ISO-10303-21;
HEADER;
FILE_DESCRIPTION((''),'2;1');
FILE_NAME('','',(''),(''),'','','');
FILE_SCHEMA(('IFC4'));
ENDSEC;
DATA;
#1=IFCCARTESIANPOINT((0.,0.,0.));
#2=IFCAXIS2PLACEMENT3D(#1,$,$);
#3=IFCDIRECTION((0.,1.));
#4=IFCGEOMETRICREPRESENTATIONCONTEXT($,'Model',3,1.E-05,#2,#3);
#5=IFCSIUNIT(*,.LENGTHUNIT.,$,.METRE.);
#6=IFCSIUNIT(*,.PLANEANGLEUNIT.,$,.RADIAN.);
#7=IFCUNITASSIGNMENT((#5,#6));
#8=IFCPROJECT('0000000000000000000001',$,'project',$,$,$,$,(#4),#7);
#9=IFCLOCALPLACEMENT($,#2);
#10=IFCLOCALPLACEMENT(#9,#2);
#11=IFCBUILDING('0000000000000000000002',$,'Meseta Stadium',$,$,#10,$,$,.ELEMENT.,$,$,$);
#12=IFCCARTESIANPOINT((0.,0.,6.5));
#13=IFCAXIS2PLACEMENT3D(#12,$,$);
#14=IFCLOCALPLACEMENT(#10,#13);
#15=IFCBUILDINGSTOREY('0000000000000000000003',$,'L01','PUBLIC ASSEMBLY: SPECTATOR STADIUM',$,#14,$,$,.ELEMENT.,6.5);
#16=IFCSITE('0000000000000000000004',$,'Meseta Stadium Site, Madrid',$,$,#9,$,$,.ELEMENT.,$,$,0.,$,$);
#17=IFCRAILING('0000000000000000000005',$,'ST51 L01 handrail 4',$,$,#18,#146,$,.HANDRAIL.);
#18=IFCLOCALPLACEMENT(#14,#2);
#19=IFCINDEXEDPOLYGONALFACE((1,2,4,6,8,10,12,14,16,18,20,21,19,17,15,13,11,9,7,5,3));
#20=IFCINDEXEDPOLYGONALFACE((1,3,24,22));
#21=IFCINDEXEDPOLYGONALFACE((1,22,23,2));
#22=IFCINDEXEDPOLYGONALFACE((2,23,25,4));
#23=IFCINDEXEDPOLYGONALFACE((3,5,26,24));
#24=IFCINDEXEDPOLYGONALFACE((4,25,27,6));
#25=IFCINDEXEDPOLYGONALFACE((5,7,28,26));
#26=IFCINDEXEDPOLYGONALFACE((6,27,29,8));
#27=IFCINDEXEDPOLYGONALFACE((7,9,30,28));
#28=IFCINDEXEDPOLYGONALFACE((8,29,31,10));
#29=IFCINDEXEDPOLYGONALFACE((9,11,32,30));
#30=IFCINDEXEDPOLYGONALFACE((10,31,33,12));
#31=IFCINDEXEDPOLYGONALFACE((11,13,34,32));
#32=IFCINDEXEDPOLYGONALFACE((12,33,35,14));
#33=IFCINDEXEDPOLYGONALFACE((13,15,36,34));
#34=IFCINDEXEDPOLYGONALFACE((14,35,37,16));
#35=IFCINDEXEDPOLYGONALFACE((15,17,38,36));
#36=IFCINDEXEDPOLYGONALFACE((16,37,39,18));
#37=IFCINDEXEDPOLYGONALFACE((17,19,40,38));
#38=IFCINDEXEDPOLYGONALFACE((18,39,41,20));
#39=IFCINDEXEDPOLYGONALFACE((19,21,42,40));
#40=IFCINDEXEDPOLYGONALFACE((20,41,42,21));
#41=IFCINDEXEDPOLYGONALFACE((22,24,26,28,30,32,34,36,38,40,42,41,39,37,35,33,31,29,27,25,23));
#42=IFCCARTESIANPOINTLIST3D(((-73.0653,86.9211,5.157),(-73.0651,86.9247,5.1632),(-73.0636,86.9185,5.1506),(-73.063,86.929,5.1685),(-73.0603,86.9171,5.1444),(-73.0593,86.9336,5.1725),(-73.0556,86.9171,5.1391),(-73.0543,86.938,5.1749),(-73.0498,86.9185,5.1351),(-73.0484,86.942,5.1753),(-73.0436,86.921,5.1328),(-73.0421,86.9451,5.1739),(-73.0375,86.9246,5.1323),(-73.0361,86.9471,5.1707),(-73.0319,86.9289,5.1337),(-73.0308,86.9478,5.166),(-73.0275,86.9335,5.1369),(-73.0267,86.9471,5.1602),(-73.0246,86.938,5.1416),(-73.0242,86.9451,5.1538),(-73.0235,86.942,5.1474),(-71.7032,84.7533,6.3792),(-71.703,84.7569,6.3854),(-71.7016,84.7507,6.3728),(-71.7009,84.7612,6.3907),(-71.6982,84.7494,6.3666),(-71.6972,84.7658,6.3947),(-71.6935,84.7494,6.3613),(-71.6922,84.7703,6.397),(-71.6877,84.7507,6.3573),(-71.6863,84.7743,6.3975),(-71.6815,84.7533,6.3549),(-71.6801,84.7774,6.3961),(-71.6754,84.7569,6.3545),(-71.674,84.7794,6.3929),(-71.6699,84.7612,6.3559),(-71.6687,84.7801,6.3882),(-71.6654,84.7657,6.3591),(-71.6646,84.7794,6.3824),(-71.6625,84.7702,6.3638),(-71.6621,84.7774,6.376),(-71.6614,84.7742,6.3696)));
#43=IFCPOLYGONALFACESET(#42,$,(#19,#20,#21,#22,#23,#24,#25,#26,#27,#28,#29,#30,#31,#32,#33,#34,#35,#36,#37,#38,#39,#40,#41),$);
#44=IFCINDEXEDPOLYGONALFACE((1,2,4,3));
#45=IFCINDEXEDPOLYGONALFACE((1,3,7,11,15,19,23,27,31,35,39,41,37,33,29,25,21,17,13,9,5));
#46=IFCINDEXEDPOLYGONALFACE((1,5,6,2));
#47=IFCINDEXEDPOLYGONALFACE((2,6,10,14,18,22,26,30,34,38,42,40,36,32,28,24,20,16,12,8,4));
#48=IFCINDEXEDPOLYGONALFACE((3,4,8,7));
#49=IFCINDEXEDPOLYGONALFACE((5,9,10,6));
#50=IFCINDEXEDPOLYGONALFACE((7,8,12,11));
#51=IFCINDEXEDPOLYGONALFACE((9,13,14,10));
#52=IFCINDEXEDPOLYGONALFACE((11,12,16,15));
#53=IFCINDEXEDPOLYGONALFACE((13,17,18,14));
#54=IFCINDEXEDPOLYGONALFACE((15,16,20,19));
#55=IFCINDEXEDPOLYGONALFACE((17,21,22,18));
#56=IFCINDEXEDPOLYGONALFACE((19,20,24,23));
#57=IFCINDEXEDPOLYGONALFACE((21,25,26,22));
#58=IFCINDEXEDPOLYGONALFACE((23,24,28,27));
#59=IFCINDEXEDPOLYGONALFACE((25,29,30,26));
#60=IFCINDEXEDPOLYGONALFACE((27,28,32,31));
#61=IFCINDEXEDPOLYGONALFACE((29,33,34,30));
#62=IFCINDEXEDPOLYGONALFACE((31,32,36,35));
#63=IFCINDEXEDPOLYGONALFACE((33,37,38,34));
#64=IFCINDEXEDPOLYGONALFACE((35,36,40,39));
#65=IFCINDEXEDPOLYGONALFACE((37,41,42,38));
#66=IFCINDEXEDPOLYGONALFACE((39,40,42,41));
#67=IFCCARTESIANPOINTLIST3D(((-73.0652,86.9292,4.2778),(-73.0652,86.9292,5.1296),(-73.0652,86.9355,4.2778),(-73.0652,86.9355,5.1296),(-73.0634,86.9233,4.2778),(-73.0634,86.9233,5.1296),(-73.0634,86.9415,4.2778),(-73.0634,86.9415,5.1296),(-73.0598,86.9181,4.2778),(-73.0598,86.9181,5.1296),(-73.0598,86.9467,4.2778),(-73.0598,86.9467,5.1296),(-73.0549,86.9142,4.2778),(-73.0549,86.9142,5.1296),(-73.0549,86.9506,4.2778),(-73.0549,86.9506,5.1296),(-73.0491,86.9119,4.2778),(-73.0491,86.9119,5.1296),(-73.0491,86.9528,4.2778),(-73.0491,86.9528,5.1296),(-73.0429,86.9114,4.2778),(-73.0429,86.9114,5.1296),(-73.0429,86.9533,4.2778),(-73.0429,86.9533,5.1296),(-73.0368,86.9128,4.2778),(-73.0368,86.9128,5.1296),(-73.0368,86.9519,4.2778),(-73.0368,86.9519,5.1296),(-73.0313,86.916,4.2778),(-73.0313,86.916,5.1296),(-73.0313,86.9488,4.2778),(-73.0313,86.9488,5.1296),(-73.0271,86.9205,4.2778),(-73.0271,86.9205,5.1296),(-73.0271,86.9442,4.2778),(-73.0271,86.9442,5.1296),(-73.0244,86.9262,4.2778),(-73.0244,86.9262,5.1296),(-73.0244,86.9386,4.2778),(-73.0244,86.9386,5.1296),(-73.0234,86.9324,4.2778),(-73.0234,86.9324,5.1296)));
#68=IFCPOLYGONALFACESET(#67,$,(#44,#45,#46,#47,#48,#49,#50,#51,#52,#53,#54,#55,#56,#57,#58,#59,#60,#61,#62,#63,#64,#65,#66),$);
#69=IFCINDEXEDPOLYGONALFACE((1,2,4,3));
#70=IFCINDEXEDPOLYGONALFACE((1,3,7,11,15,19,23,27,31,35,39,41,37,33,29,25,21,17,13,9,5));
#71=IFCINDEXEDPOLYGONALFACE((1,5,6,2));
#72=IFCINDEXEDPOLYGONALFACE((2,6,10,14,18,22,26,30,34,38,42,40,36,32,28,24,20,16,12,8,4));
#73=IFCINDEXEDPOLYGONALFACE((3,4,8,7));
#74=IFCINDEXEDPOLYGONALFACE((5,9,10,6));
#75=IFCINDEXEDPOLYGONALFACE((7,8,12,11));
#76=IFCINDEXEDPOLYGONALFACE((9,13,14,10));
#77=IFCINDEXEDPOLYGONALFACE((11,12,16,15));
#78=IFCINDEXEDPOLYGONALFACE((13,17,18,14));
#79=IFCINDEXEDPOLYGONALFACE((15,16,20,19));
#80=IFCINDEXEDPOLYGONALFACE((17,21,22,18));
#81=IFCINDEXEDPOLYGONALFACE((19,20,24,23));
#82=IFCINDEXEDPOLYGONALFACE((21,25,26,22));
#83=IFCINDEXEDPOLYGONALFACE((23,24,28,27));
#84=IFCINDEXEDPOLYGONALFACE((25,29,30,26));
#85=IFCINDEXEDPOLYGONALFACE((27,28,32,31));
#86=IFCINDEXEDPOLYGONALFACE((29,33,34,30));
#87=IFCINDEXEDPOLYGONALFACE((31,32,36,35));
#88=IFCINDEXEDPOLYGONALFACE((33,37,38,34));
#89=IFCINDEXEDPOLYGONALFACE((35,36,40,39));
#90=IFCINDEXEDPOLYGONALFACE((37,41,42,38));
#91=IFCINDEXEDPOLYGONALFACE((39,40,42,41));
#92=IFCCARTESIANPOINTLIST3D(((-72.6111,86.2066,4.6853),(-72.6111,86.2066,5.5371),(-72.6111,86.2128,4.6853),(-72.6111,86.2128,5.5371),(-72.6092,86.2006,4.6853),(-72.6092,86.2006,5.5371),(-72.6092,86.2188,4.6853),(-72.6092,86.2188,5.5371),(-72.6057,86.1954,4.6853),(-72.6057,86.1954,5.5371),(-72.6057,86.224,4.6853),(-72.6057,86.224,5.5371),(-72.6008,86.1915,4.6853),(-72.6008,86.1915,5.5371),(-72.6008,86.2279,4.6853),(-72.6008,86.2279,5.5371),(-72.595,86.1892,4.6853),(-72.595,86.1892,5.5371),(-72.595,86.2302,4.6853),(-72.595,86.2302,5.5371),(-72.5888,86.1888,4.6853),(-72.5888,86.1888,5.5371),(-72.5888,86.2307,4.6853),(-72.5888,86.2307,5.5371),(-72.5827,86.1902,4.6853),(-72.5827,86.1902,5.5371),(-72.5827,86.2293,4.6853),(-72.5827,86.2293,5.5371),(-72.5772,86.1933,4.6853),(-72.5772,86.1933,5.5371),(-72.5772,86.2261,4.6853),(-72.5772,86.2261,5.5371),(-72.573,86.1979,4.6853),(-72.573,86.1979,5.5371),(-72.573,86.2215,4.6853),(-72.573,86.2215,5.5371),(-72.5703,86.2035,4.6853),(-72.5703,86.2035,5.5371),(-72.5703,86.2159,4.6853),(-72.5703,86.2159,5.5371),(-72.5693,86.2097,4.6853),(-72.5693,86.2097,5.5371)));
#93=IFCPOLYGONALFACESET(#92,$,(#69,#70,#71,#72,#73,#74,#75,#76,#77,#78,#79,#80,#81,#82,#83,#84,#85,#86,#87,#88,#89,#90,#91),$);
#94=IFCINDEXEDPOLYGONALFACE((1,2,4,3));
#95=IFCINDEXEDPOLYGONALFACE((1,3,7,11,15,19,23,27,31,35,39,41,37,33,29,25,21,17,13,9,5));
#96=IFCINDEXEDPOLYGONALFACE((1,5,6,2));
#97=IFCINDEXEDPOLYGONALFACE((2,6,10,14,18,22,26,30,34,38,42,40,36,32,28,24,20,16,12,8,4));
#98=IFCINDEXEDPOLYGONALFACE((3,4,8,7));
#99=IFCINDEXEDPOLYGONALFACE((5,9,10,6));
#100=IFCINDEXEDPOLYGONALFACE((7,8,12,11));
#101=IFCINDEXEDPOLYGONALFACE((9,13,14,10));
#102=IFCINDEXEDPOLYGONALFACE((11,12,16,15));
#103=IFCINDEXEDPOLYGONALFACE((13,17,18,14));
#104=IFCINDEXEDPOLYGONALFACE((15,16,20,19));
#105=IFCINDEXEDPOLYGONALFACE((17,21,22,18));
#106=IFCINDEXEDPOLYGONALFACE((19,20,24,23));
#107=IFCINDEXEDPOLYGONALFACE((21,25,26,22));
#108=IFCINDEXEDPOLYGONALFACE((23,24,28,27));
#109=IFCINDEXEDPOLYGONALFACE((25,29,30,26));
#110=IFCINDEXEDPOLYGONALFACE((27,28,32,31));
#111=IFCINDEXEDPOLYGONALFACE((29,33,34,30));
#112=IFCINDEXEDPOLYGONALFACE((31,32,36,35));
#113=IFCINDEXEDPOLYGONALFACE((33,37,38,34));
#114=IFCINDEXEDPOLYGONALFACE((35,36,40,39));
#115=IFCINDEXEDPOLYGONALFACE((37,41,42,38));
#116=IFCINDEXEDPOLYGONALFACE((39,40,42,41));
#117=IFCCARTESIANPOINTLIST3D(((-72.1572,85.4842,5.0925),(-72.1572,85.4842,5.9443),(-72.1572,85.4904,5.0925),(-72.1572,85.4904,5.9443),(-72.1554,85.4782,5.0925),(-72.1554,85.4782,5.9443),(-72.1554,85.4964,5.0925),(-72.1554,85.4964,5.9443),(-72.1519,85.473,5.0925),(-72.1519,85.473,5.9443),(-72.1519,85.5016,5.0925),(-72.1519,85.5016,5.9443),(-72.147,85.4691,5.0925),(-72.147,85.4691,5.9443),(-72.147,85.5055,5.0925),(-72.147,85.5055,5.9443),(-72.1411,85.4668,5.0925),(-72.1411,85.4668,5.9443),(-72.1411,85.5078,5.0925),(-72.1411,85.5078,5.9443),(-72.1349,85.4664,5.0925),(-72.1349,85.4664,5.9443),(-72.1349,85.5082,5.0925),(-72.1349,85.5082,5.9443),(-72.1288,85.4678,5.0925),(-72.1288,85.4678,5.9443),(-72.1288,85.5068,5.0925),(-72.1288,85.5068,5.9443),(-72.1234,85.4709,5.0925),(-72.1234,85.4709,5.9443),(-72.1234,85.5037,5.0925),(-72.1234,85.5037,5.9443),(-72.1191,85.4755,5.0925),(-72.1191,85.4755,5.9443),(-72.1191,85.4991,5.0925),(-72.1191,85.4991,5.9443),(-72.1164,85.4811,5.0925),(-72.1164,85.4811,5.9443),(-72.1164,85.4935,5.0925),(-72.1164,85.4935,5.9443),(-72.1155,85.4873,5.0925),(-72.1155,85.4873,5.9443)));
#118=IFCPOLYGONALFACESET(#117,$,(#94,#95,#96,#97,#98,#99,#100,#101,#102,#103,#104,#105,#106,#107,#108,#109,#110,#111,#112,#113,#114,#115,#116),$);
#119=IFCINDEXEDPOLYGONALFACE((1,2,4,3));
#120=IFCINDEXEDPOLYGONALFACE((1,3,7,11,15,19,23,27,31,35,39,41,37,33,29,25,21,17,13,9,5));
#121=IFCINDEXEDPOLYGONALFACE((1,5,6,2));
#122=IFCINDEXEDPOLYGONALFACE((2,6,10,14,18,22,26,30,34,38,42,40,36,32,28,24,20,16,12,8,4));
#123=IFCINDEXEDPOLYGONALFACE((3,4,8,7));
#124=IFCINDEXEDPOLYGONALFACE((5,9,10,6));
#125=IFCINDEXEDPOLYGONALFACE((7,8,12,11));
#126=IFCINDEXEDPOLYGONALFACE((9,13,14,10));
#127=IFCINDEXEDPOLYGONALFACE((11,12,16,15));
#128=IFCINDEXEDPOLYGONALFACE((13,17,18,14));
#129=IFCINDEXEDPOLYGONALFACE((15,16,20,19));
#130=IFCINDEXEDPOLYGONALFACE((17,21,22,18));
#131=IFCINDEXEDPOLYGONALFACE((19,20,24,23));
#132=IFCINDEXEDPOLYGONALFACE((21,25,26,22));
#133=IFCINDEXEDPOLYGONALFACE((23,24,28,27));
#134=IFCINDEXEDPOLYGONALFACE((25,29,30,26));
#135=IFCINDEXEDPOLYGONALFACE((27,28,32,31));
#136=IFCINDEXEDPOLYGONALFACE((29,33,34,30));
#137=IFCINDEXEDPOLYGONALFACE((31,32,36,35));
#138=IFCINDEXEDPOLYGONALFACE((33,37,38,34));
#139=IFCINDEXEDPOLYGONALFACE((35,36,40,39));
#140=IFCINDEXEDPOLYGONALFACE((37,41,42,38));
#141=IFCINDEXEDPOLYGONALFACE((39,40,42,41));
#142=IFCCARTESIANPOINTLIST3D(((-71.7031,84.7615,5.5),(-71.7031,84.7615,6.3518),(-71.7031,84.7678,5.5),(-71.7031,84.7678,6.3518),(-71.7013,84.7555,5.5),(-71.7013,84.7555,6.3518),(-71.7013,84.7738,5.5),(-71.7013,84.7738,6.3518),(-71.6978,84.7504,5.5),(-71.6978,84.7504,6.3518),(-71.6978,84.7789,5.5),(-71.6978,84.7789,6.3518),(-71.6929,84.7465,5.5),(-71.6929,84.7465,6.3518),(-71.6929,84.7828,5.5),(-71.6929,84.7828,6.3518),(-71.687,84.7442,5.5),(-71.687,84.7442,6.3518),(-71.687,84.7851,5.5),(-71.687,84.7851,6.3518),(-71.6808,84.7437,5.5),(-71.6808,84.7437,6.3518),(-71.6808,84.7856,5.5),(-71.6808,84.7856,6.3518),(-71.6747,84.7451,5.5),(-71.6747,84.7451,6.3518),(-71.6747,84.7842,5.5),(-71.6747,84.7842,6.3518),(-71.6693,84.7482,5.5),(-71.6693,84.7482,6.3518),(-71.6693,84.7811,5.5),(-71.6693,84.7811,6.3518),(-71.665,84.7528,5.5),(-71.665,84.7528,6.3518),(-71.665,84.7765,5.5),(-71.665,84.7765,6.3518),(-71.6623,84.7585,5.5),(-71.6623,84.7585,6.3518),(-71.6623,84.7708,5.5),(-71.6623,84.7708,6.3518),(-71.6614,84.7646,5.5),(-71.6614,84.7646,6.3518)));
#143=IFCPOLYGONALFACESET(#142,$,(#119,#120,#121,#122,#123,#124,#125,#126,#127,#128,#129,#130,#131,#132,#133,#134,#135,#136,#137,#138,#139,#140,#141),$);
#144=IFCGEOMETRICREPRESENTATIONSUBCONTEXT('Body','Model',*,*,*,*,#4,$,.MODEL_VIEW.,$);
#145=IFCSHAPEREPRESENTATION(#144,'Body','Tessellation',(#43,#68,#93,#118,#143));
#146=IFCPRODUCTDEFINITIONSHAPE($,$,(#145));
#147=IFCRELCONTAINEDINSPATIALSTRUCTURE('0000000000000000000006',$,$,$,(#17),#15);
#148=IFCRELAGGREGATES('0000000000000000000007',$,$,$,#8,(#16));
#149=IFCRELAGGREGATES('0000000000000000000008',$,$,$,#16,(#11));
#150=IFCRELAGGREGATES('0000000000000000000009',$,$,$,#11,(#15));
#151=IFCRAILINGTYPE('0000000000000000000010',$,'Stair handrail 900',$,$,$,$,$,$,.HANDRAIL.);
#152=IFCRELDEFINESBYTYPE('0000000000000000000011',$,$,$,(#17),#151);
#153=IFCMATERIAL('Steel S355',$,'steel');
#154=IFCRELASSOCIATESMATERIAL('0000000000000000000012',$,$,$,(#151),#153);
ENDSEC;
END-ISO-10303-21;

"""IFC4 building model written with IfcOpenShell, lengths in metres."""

from ifc_helpers import new_model, si_unit, direction, frame, origin, origin_2d, place, context, subcontext, project, spatial, circle, extrude, material, type_object, element, save


model = new_model("IFC4")

# Units and contexts
model_context = context("Model", 3, precision=1e-05, world=origin(), true_north=direction((0.0, 1.0)))
body_context = subcontext(model_context, "Body", "Model", "MODEL_VIEW")
ifc_project = project(units=[si_unit("LENGTHUNIT", "METRE"), si_unit("PLANEANGLEUNIT", "RADIAN")], contexts=[model_context])

# Site, building, storey
site_placement = place(None, origin())
site = spatial("IfcSite", under=ifc_project, at=site_placement, Name="Meseta Stadium Site, Madrid", CompositionType="ELEMENT", RefElevation=0.0)
building_placement = place(site_placement, origin())
building = spatial("IfcBuilding", under=site, at=building_placement, Name="Meseta Stadium", CompositionType="ELEMENT")
storey_placement = place(building_placement, frame((0.0, 0.0, 6.5)))
storey = spatial("IfcBuildingStorey", under=building, at=storey_placement, Name="L01", Description="PUBLIC ASSEMBLY: SPECTATOR STADIUM", CompositionType="ELEMENT", Elevation=6.5)

# Railing
ifc_material_1 = material(Name="Steel S355", Category="steel")
railing_type_1 = type_object("IfcRailingType", Name="Stair handrail 900", PredefinedType="HANDRAIL", material=ifc_material_1)
railing_1_placement = place(storey_placement, frame((-73.0444, 86.9324, 4.2778)))
element("IfcRailing", 1, at=railing_1_placement, inside=storey, type_object=railing_type_1, Name="ST51 L01 handrail 4", PredefinedType="HANDRAIL", context=body_context, shape_type="SweptSolid", body=[
    extrude(circle(Radius=0.0239, at=origin_2d()), frame((0.0, 0.0, 0.876), z_axis=(0.480125, -0.764121, 0.430813), x_axis=(0.846726, 0.532029, 0.0)), (0.0, 0.0, 1.0), 2.8369),
    extrude(circle(Radius=0.021, at=origin_2d()), origin(), (0.0, 0.0, 1.0), 0.8518),
    extrude(circle(Radius=0.021, at=origin_2d()), frame((0.4541, -0.7227, 0.4075)), (0.0, 0.0, 1.0), 0.8518),
    extrude(circle(Radius=0.021, at=origin_2d()), frame((0.908, -1.4451, 0.8147)), (0.0, 0.0, 1.0), 0.8518),
    extrude(circle(Radius=0.021, at=origin_2d()), frame((1.3621, -2.1677, 1.2222)), (0.0, 0.0, 1.0), 0.8518),
])

save(model, "model.ifc")
